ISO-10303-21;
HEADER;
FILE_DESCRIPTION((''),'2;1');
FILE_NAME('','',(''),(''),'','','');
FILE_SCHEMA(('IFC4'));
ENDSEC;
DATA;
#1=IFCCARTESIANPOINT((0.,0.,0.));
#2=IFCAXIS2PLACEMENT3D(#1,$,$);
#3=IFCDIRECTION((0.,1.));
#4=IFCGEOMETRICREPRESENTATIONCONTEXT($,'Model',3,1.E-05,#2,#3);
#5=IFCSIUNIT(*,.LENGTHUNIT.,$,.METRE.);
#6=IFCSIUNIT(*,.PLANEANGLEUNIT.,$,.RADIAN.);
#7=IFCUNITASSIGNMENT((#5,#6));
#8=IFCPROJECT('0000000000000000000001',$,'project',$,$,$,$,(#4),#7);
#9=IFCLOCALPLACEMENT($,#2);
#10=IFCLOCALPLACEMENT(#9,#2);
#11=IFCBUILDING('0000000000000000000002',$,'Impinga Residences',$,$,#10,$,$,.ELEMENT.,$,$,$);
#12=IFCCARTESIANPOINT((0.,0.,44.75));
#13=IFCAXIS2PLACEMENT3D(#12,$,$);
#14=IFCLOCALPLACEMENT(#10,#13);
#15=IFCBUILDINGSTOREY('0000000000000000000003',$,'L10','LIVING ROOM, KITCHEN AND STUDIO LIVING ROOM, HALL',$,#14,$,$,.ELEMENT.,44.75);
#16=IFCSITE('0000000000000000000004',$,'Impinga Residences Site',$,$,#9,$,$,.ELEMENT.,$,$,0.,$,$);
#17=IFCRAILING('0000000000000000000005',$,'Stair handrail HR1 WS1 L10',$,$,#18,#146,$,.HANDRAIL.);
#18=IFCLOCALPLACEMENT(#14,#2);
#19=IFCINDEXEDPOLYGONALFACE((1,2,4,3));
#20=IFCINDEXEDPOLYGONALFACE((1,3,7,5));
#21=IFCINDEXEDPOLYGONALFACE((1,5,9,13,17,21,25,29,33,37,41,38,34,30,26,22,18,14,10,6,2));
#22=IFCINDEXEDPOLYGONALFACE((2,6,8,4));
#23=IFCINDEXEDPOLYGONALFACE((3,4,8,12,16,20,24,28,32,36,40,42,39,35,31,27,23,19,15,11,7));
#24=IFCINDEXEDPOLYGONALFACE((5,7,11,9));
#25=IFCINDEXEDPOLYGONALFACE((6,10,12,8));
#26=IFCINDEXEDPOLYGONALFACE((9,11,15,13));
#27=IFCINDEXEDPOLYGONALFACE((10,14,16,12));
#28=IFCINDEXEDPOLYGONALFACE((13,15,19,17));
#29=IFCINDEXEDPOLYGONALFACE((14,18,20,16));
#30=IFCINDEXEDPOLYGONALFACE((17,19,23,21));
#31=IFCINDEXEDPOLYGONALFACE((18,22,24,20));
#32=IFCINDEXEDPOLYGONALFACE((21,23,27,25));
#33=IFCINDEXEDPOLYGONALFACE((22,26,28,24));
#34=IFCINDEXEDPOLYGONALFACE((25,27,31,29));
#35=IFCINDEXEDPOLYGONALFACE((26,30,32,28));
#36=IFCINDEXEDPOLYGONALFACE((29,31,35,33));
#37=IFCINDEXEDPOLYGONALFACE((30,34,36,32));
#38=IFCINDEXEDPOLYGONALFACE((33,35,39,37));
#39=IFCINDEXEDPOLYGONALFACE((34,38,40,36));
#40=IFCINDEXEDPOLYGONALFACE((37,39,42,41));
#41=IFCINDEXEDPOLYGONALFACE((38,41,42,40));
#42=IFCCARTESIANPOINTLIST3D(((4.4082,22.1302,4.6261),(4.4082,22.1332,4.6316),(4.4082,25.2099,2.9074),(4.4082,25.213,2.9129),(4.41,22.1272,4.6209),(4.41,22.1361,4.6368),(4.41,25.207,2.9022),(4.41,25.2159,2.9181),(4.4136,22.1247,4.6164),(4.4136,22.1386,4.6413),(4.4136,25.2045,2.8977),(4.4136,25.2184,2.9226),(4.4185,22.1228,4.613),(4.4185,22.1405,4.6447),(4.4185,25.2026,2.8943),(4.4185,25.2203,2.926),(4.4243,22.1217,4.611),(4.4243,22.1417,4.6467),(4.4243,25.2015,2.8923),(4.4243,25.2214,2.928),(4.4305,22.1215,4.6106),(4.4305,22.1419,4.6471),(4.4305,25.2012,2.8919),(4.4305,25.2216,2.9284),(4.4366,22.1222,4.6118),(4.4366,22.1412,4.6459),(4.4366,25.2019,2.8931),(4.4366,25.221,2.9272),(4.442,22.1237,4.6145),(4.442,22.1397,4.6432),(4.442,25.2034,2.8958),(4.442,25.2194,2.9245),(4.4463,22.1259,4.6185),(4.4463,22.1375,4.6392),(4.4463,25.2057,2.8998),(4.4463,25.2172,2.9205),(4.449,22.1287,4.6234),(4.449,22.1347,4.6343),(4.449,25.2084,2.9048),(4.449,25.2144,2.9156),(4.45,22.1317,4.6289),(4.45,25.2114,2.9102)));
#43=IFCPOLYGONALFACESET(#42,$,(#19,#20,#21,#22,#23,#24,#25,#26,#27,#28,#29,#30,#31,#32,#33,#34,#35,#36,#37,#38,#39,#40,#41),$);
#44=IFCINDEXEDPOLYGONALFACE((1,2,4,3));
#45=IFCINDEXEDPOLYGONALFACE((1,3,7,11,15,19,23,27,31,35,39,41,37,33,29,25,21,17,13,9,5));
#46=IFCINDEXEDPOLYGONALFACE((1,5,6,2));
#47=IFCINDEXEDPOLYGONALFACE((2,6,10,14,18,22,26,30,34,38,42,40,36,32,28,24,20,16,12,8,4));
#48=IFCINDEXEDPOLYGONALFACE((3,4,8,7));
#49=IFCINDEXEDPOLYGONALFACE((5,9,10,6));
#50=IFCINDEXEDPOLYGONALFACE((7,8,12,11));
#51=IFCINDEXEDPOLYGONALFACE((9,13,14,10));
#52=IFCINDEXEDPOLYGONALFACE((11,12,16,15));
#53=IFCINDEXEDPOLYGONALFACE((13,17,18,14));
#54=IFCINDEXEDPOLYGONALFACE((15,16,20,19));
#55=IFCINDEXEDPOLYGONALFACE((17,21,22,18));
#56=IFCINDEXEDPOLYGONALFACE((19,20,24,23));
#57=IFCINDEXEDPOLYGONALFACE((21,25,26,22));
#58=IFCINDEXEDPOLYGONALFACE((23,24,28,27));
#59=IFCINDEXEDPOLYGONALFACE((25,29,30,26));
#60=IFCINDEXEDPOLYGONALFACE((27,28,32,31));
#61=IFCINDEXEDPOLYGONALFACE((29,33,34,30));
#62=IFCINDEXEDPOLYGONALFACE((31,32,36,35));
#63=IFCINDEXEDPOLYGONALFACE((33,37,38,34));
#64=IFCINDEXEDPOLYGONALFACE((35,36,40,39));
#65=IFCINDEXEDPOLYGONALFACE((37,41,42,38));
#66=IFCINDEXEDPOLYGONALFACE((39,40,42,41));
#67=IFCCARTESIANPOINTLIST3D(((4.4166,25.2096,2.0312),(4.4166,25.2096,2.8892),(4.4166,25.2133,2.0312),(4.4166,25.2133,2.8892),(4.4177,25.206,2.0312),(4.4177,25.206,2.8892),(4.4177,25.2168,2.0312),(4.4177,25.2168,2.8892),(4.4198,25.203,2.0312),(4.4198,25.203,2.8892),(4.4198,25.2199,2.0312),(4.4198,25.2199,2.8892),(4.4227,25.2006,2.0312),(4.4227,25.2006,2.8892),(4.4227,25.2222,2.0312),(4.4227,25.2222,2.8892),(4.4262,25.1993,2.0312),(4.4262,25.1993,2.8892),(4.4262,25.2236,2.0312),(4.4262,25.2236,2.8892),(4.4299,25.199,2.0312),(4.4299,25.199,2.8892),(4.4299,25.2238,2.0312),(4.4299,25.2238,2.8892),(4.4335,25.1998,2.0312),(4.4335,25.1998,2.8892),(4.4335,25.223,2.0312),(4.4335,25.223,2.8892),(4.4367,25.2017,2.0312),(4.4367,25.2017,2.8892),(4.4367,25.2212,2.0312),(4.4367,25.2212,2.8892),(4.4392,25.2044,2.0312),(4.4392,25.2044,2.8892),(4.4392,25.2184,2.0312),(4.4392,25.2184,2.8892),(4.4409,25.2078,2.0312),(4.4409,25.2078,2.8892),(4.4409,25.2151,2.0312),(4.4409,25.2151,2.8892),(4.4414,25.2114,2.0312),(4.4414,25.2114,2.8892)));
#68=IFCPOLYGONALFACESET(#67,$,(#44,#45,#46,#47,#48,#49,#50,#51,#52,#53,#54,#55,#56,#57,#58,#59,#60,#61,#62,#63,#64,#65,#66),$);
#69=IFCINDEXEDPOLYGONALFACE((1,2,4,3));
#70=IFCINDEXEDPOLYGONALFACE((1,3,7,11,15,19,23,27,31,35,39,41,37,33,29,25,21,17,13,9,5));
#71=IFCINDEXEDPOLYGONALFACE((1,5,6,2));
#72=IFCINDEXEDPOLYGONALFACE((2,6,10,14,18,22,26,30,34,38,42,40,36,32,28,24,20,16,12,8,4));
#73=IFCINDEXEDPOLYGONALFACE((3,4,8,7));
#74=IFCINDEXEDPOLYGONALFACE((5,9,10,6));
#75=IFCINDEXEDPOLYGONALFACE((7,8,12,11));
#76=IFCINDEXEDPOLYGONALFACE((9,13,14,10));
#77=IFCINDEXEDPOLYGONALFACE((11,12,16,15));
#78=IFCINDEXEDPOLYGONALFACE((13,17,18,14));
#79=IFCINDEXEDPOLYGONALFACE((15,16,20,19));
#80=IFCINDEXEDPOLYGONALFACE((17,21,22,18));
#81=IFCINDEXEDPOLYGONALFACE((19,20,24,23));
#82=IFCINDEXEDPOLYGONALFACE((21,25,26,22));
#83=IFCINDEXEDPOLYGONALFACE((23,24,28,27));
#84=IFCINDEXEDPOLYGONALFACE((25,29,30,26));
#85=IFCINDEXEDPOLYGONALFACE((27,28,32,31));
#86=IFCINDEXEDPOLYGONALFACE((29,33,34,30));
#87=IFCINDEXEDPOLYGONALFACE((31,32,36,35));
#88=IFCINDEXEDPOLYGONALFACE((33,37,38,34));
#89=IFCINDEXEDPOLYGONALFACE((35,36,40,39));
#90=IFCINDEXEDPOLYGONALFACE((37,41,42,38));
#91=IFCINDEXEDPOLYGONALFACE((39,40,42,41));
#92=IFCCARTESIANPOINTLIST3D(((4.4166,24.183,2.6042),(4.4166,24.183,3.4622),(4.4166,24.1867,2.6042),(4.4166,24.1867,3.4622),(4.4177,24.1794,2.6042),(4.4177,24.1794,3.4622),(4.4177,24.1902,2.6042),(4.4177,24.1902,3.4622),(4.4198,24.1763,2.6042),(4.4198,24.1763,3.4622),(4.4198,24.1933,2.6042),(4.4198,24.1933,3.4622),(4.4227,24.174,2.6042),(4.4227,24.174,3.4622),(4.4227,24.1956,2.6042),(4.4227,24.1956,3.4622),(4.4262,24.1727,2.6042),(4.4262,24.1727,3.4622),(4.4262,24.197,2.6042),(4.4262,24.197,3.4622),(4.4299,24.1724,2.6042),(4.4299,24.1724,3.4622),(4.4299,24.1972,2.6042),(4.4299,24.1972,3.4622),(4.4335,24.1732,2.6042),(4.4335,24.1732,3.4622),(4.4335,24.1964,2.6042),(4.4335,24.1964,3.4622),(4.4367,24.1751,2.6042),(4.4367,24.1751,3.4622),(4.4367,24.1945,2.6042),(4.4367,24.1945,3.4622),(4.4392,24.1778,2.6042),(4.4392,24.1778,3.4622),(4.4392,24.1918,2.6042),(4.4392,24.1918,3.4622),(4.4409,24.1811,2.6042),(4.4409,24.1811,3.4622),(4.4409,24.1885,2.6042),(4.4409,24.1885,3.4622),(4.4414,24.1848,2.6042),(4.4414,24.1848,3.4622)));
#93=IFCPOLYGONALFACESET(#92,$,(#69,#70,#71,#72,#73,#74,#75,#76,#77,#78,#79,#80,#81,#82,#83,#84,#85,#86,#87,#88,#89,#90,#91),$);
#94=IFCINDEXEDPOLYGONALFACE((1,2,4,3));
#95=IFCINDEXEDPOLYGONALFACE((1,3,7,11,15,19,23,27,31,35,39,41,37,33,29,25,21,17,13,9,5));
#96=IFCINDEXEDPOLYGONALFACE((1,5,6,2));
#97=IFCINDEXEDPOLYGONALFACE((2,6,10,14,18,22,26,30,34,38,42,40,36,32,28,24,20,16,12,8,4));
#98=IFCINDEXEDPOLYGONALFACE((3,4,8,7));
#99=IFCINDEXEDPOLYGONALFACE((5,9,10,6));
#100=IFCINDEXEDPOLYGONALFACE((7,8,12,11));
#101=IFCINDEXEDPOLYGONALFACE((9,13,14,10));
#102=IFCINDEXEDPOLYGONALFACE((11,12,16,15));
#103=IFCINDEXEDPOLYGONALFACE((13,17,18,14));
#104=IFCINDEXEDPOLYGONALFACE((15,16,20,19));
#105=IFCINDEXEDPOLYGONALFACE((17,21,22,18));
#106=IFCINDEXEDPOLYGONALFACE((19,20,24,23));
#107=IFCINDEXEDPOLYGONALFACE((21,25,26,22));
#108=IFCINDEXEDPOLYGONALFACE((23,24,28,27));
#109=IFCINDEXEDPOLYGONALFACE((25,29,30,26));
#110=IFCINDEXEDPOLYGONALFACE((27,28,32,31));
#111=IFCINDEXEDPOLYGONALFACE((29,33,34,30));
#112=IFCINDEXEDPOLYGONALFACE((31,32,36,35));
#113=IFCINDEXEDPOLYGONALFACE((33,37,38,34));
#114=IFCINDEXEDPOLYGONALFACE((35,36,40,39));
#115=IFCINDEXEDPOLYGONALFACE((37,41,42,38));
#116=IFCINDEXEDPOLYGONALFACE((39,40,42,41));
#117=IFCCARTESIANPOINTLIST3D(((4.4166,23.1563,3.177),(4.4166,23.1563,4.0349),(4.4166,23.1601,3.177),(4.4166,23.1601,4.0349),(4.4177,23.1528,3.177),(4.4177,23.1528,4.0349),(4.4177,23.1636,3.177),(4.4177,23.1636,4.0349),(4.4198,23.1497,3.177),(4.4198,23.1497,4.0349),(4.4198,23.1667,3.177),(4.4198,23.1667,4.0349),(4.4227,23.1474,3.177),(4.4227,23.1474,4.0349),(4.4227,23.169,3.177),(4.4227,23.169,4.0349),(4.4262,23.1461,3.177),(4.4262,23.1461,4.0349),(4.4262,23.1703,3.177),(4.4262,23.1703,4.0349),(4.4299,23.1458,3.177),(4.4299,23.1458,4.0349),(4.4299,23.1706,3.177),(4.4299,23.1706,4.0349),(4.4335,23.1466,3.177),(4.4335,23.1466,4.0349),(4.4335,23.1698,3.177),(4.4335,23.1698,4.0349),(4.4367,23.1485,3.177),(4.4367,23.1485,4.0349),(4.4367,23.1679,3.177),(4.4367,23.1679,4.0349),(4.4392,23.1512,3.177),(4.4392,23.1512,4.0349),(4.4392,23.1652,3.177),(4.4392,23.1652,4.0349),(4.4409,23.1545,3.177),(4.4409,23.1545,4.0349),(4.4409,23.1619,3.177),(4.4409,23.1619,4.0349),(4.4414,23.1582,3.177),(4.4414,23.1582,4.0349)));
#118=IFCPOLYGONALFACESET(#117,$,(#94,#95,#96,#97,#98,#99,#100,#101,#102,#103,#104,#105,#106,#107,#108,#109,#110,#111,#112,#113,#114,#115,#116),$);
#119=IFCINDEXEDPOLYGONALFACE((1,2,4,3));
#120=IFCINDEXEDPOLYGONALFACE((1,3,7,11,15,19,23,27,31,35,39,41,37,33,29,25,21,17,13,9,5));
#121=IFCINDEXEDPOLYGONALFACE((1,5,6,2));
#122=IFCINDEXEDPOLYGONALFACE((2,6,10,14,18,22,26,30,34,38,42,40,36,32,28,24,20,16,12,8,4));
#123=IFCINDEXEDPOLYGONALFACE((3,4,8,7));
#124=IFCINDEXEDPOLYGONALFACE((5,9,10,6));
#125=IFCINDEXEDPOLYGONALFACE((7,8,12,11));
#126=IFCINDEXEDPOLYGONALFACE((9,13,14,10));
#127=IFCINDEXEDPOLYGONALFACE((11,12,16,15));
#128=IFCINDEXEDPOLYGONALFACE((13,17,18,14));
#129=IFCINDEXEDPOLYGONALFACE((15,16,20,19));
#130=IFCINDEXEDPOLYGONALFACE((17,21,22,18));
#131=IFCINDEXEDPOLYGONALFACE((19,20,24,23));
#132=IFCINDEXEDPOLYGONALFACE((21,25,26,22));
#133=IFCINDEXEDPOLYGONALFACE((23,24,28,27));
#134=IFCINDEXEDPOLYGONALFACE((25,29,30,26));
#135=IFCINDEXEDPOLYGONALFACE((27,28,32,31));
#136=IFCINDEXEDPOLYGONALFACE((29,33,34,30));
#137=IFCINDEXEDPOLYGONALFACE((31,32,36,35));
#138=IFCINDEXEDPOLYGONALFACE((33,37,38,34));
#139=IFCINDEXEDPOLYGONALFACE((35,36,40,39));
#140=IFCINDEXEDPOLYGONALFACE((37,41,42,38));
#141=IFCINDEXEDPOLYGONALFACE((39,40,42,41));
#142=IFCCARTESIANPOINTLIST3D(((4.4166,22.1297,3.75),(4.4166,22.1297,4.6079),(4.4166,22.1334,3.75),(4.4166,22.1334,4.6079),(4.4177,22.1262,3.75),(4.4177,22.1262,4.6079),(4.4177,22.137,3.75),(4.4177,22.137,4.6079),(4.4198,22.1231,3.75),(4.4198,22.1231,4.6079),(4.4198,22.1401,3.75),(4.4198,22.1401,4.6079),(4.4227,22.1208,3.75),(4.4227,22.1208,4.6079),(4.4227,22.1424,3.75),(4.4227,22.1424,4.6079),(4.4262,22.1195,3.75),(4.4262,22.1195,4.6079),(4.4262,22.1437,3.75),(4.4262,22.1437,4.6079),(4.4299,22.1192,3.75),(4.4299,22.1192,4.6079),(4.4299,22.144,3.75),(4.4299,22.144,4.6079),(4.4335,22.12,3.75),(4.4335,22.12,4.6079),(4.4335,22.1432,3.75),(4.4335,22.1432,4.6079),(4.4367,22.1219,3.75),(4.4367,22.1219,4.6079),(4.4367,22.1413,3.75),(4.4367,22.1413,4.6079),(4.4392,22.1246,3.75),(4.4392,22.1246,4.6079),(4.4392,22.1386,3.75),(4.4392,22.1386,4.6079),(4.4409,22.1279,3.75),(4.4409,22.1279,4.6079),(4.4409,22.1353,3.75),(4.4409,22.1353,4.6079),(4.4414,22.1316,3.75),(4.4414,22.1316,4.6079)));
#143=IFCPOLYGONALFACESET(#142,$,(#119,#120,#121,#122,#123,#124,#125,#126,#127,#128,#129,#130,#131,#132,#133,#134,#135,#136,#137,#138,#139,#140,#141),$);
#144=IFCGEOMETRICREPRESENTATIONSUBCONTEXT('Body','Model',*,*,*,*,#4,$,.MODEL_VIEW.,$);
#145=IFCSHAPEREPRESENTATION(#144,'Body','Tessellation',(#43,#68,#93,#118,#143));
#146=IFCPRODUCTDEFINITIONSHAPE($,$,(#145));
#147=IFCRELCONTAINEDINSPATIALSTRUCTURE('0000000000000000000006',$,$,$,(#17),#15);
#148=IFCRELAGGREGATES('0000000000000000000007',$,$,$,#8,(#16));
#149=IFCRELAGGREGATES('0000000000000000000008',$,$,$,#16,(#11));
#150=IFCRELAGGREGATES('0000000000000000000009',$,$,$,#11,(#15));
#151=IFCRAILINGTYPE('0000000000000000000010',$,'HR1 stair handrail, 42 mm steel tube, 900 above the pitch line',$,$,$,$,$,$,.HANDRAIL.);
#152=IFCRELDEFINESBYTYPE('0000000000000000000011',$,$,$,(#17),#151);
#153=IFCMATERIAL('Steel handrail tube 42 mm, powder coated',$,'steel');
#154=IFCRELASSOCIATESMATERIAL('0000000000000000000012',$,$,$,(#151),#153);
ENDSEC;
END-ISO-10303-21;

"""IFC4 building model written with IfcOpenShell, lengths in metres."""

from ifc_helpers import new_model, si_unit, direction, frame, origin, origin_2d, place, context, subcontext, project, spatial, circle, extrude, material, type_object, element, save


model = new_model("IFC4")

# Units and contexts
model_context = context("Model", 3, precision=1e-05, world=origin(), true_north=direction((0.0, 1.0)))
body_context = subcontext(model_context, "Body", "Model", "MODEL_VIEW")
ifc_project = project(units=[si_unit("LENGTHUNIT", "METRE"), si_unit("PLANEANGLEUNIT", "RADIAN")], contexts=[model_context])

# Site, building, storey
site_placement = place(None, origin())
site = spatial("IfcSite", under=ifc_project, at=site_placement, Name="Impinga Residences Site", CompositionType="ELEMENT", RefElevation=0.0)
building_placement = place(site_placement, origin())
building = spatial("IfcBuilding", under=site, at=building_placement, Name="Impinga Residences", CompositionType="ELEMENT")
storey_placement = place(building_placement, frame((0.0, 0.0, 44.75)))
storey = spatial("IfcBuildingStorey", under=building, at=storey_placement, Name="L10", Description="LIVING ROOM, KITCHEN AND STUDIO LIVING ROOM, HALL", CompositionType="ELEMENT", Elevation=44.75)

# Railing
ifc_material_1 = material(Name="Steel handrail tube 42 mm, powder coated", Category="steel")
railing_type_1 = type_object("IfcRailingType", Name="HR1 stair handrail, 42 mm steel tube, 900 above the pitch line", PredefinedType="HANDRAIL", material=ifc_material_1)
railing_1_placement = place(storey_placement, frame((4.429, 25.2114, 2.0312)))
element("IfcRailing", 1, at=railing_1_placement, inside=storey, type_object=railing_type_1, Name="Stair handrail HR1 WS1 L10", PredefinedType="HANDRAIL", context=body_context, shape_type="SweptSolid", body=[
    extrude(circle(Radius=0.021, at=origin_2d()), frame((0.0, 0.0, 0.8789), z_axis=(0.0, -0.873225, 0.487317), x_axis=(1.0, 0.0, 0.0)), (0.0, 0.0, 1.0), 3.5269),
    extrude(circle(Radius=0.0125, at=origin_2d()), origin(), (0.0, 0.0, 1.0), 0.8579),
    extrude(circle(Radius=0.0125, at=origin_2d()), frame((0.0, -1.0266, 0.573)), (0.0, 0.0, 1.0), 0.8579),
    extrude(circle(Radius=0.0125, at=origin_2d()), frame((0.0, -2.0532, 1.1458)), (0.0, 0.0, 1.0), 0.8579),
    extrude(circle(Radius=0.0125, at=origin_2d()), frame((0.0, -3.0798, 1.7188)), (0.0, 0.0, 1.0), 0.8579),
])

save(model, "model.ifc")
